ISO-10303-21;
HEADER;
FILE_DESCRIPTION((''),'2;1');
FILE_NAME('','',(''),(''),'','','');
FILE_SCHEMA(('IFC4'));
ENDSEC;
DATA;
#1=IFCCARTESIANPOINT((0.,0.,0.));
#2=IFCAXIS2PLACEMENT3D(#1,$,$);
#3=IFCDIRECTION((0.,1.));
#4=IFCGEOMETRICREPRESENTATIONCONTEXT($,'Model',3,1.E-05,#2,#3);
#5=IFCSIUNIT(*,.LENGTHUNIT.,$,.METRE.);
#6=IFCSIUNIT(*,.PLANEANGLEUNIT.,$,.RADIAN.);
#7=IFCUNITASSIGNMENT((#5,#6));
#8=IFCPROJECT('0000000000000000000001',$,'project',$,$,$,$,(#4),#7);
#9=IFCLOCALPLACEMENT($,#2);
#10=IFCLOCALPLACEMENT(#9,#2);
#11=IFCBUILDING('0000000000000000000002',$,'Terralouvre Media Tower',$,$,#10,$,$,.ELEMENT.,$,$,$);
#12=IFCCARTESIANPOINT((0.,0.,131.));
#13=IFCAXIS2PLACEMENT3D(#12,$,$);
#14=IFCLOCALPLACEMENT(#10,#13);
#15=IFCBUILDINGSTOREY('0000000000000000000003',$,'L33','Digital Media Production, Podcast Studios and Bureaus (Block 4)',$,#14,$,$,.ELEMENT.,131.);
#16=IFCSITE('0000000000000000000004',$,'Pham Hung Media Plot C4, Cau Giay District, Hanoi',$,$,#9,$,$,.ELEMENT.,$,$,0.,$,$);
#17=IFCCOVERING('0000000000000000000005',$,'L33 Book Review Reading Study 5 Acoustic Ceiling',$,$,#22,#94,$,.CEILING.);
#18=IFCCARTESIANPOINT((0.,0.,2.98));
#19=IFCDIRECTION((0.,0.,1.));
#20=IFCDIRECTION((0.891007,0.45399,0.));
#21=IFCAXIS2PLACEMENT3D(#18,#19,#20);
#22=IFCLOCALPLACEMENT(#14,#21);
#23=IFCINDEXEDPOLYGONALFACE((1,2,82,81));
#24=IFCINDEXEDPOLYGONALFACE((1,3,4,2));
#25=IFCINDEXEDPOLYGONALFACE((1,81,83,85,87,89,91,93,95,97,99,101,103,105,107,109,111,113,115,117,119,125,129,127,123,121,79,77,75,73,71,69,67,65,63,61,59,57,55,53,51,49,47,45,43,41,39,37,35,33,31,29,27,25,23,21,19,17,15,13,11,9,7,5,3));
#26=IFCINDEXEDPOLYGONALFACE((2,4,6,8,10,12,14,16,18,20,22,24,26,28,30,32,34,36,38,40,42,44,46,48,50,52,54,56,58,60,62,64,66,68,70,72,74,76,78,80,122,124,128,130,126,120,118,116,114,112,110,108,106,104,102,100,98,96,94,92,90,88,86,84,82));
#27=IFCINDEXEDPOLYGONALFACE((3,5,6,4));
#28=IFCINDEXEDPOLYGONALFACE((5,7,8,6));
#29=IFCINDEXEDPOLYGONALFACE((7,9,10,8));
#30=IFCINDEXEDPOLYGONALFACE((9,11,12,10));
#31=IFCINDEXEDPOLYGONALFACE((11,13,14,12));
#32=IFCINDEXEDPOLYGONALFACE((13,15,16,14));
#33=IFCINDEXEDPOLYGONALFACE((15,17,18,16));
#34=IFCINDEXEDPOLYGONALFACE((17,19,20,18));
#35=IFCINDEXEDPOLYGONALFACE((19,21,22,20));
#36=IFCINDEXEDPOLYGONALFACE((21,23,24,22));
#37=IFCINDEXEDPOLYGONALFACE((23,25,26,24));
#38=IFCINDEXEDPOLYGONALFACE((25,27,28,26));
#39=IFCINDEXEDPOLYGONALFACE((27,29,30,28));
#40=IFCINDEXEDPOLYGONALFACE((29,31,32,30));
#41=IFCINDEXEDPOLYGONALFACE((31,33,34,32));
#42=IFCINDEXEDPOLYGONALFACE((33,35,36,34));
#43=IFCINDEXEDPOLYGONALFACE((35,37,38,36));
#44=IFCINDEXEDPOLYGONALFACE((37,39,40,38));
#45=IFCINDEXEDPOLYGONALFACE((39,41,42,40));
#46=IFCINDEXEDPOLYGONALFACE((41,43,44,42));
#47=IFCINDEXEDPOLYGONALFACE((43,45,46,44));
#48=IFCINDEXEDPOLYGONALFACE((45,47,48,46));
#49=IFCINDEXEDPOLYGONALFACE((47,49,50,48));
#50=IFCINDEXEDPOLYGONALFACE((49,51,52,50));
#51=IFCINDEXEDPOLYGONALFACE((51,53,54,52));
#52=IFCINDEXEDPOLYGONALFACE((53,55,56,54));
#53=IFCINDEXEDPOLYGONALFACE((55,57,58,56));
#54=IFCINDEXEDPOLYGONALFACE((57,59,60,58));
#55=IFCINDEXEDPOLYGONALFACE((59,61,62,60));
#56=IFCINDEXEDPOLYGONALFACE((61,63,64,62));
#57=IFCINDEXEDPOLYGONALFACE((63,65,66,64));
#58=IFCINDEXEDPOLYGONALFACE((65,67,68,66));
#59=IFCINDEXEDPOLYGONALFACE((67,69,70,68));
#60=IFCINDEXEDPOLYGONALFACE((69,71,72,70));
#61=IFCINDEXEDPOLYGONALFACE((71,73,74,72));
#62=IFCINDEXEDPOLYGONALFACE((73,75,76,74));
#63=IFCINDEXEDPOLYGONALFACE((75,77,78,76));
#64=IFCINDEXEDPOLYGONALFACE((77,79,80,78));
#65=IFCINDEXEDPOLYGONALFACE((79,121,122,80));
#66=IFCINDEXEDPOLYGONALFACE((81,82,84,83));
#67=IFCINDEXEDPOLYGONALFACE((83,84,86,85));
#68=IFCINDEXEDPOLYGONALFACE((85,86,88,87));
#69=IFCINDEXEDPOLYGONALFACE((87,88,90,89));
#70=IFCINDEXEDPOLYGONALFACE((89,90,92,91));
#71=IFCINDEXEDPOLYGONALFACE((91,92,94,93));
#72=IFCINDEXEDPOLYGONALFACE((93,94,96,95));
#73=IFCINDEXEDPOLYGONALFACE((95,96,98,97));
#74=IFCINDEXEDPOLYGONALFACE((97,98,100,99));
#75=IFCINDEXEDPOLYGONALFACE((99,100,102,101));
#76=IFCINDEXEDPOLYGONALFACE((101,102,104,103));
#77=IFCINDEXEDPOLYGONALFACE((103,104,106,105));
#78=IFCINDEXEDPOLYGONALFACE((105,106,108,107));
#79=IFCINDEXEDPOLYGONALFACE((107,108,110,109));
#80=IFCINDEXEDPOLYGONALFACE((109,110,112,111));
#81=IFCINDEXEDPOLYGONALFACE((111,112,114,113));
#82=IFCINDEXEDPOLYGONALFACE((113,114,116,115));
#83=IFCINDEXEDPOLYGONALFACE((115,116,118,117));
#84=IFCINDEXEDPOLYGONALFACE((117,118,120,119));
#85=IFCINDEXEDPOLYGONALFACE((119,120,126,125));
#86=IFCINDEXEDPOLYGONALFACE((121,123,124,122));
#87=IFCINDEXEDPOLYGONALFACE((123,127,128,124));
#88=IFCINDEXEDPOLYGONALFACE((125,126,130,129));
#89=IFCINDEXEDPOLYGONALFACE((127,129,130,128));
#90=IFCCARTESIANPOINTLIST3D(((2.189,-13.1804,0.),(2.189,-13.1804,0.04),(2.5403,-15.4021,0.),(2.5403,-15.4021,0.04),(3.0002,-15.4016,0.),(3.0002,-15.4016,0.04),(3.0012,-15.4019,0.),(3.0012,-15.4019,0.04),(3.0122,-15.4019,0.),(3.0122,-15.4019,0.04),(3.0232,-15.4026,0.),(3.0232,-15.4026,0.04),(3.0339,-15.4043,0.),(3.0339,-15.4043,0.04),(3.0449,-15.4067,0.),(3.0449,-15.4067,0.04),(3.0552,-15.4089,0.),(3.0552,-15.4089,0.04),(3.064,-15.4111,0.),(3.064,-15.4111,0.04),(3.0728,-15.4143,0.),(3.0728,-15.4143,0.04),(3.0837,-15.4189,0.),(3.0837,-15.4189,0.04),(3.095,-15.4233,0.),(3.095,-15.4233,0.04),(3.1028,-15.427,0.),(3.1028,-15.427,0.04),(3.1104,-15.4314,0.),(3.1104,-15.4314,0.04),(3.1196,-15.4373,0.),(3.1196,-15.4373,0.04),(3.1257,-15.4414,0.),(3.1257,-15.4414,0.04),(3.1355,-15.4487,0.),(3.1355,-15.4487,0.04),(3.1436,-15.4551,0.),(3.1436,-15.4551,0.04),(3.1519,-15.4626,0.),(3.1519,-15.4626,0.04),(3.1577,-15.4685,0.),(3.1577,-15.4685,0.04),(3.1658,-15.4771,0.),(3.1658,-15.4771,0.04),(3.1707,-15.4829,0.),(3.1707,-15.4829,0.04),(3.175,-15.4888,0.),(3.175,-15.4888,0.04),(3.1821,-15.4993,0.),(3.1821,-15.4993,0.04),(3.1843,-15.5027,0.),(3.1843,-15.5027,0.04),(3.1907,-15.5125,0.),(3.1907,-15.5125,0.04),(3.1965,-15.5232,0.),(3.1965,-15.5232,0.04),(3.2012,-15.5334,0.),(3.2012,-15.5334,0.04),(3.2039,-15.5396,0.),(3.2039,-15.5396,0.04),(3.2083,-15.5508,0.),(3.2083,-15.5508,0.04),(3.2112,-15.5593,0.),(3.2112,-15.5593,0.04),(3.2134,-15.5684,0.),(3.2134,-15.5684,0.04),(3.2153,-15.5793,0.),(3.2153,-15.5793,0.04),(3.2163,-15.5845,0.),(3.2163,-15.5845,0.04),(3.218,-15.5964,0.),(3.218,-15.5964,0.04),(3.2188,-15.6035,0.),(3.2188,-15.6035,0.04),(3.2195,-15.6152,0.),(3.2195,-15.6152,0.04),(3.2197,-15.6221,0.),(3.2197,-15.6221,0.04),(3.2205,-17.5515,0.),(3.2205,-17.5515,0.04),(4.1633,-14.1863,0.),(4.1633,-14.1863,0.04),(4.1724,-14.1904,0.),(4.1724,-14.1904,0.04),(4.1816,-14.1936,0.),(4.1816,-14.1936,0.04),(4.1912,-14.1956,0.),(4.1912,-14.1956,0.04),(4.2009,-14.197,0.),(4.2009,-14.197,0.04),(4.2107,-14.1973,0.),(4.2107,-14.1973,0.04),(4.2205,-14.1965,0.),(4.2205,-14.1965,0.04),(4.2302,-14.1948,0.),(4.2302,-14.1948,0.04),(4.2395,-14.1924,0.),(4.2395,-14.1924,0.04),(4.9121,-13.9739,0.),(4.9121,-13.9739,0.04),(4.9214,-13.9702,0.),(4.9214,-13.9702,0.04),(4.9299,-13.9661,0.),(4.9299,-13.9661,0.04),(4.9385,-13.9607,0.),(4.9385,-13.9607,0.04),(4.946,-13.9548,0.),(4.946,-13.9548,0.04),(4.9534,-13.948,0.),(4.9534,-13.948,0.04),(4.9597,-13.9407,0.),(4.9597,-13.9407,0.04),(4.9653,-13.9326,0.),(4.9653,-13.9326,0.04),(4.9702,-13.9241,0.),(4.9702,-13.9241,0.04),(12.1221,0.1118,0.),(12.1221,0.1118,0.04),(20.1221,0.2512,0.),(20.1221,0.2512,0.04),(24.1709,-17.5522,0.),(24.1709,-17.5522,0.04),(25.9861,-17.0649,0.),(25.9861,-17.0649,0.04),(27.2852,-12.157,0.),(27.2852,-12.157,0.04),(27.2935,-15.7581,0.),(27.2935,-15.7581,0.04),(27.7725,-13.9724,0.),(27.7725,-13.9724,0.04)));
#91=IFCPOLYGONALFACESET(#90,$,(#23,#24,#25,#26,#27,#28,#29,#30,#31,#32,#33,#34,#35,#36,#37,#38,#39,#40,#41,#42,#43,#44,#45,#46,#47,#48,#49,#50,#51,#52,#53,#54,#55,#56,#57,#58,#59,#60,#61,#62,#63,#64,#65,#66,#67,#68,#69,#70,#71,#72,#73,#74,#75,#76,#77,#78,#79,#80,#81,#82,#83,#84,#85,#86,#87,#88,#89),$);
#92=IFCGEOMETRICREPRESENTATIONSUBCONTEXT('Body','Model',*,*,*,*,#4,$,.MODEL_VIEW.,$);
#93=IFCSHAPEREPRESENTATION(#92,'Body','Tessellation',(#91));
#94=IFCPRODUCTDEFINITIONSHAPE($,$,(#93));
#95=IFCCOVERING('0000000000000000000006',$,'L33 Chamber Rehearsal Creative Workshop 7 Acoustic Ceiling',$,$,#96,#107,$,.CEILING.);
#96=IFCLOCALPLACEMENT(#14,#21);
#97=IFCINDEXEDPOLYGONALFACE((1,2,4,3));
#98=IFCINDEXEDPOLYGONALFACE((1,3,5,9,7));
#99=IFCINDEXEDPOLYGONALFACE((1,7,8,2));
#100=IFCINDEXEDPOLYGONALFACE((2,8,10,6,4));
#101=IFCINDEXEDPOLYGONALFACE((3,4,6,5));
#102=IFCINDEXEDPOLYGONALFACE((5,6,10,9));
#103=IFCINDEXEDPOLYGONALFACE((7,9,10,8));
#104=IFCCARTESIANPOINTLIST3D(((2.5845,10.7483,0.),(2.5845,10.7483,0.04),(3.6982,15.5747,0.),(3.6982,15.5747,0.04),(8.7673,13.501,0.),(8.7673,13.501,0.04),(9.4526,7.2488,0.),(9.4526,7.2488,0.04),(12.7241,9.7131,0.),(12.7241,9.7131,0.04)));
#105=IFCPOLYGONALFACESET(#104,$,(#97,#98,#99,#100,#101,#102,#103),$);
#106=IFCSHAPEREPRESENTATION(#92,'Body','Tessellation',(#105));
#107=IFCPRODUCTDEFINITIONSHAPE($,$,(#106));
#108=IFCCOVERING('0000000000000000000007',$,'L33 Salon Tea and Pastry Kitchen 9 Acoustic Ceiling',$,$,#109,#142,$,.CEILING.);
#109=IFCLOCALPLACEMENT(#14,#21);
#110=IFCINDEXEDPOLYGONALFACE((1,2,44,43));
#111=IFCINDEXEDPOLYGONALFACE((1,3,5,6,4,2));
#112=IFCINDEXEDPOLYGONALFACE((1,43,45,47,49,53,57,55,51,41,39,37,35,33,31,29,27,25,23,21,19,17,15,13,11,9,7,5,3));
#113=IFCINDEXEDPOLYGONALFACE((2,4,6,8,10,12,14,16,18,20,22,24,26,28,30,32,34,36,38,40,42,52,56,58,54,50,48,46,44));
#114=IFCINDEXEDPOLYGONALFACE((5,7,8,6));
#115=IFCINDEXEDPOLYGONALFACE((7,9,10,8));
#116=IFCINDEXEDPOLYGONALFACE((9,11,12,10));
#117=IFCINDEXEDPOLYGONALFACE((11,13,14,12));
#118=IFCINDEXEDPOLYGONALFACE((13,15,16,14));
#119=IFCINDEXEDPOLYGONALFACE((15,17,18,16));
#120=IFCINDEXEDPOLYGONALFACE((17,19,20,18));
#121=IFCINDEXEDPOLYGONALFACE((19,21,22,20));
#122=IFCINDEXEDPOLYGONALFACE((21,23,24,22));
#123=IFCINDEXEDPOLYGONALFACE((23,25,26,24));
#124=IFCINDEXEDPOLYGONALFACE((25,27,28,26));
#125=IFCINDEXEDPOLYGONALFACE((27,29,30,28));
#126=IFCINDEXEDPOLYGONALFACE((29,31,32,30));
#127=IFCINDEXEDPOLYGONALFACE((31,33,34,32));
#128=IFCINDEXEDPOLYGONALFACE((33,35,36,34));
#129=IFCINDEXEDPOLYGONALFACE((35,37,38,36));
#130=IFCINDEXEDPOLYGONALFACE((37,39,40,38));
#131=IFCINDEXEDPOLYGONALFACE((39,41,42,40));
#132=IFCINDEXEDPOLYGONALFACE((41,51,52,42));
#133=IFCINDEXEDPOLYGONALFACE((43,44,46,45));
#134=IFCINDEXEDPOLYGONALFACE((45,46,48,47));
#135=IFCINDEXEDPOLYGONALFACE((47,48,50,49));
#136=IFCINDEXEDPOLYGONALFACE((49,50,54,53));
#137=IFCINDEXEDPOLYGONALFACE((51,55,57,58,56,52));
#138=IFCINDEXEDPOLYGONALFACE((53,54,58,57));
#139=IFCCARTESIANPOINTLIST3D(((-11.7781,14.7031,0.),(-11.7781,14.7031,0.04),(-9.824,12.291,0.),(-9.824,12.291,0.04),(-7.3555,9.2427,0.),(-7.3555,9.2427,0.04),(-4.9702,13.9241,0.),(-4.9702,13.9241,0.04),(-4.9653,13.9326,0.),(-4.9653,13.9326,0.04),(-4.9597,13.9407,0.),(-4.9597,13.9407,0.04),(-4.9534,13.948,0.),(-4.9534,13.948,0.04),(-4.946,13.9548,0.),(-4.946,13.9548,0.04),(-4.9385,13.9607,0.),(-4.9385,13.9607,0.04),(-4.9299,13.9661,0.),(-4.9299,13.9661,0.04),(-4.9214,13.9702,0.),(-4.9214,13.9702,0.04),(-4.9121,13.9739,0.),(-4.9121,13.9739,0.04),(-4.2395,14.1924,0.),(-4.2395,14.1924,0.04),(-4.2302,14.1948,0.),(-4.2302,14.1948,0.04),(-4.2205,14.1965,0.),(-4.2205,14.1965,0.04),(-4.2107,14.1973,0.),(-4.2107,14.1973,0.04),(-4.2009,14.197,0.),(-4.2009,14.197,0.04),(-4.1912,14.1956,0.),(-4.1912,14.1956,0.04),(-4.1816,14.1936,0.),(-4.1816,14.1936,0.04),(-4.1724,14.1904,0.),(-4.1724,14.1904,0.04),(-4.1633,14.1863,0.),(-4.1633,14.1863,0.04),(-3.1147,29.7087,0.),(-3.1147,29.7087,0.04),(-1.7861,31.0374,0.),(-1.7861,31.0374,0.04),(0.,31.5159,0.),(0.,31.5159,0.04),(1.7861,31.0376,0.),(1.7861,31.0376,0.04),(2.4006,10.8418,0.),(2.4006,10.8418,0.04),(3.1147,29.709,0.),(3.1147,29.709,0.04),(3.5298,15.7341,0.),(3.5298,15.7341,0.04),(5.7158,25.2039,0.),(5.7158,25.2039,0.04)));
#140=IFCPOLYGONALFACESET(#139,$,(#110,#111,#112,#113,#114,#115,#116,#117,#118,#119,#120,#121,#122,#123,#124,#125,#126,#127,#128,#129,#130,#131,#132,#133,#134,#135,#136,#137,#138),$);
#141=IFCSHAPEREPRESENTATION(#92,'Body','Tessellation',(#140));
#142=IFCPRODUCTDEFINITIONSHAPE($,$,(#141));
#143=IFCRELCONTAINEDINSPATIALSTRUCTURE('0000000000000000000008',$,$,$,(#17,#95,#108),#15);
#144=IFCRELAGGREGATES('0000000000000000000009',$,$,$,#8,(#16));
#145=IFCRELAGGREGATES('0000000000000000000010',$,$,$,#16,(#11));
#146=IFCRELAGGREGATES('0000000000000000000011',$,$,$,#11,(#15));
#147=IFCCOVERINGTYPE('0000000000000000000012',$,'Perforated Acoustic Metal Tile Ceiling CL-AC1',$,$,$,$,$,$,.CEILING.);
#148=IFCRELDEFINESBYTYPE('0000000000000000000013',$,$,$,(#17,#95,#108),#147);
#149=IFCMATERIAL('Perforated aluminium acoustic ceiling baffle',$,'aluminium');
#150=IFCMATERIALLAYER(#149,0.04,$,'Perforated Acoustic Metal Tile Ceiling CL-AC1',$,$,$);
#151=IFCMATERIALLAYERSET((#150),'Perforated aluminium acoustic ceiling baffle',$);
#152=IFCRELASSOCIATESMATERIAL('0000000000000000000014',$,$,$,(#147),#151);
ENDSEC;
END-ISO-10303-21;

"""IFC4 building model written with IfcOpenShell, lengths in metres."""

from ifc_helpers import new_model, si_unit, direction, frame, origin, place, context, subcontext, project, spatial, polyline, outline, extrude, material, layer, layer_set, type_object, element, save


model = new_model("IFC4")

# Units and contexts
model_context = context("Model", 3, precision=1e-05, world=origin(), true_north=direction((0.0, 1.0)))
body_context = subcontext(model_context, "Body", "Model", "MODEL_VIEW")
ifc_project = project(units=[si_unit("LENGTHUNIT", "METRE"), si_unit("PLANEANGLEUNIT", "RADIAN")], contexts=[model_context])

# Site, building, storey
site_placement = place(None, origin())
site = spatial("IfcSite", under=ifc_project, at=site_placement, Name="Pham Hung Media Plot C4, Cau Giay District, Hanoi", CompositionType="ELEMENT", RefElevation=0.0)
building_placement = place(site_placement, origin())
building = spatial("IfcBuilding", under=site, at=building_placement, Name="Terralouvre Media Tower", CompositionType="ELEMENT")
storey_placement = place(building_placement, frame((0.0, 0.0, 131.0)))
storey = spatial("IfcBuildingStorey", under=building, at=storey_placement, Name="L33", Description="Digital Media Production, Podcast Studios and Bureaus (Block 4)", CompositionType="ELEMENT", Elevation=131.0)

# Coverings
ifc_material_1 = material(Name="Perforated aluminium acoustic ceiling baffle", Category="aluminium")
ifc_layer_1 = layer(ifc_material_1, 0.04, Name="Perforated Acoustic Metal Tile Ceiling CL-AC1")
ifc_layer_set_1 = layer_set([ifc_layer_1], Name="Perforated aluminium acoustic ceiling baffle")
covering_type_1 = type_object("IfcCoveringType", Name="Perforated Acoustic Metal Tile Ceiling CL-AC1", PredefinedType="CEILING", material=ifc_layer_set_1)
covering_1_placement = place(storey_placement, frame((0.0, 0.0, 2.98), z_axis=(0.0, 0.0, 1.0), x_axis=(0.891007, 0.45399, 0.0)))
element("IfcCovering", 1, at=covering_1_placement, inside=storey, type_object=covering_type_1, Name="L33 Book Review Reading Study 5 Acoustic Ceiling", PredefinedType="CEILING", context=body_context, shape_type="SweptSolid", body=[
    extrude(outline(polyline([(4.9702, -13.9241), (4.9653, -13.9326), (4.9597, -13.9407), (4.9534, -13.948), (4.946, -13.9548), (4.9385, -13.9607), (4.9299, -13.9661), (4.9214, -13.9702), (4.9121, -13.9739), (4.2395, -14.1924), (4.2302, -14.1948), (4.2205, -14.1965), (4.2107, -14.1973), (4.2009, -14.197), (4.1912, -14.1956), (4.1816, -14.1936), (4.1724, -14.1904), (4.1633, -14.1863), (2.189, -13.1804), (2.5403, -15.4021), (3.0002, -15.4016), (3.0012, -15.4019), (3.0122, -15.4019), (3.0232, -15.4026), (3.0339, -15.4043), (3.0449, -15.4067), (3.0552, -15.4089), (3.064, -15.4111), (3.0728, -15.4143), (3.0837, -15.4189), (3.095, -15.4233), (3.1028, -15.427), (3.1104, -15.4314), (3.1196, -15.4373), (3.1257, -15.4414), (3.1355, -15.4487), (3.1436, -15.4551), (3.1519, -15.4626), (3.1577, -15.4685), (3.1658, -15.4771), (3.1707, -15.4829), (3.175, -15.4888), (3.1821, -15.4993), (3.1843, -15.5027), (3.1907, -15.5125), (3.1965, -15.5232), (3.2012, -15.5334), (3.2039, -15.5396), (3.2083, -15.5508), (3.2112, -15.5593), (3.2134, -15.5684), (3.2153, -15.5793), (3.2163, -15.5845), (3.218, -15.5964), (3.2188, -15.6035), (3.2195, -15.6152), (3.2197, -15.6221), (3.2205, -17.5515), (24.1709, -17.5522), (25.9861, -17.0649), (27.2935, -15.7581), (27.7725, -13.9724), (27.2852, -12.157), (20.1221, 0.2512), (12.1221, 0.1118), (4.9702, -13.9241)])), origin(), (0.0, 0.0, 1.0), 0.04),
])
covering_2_placement = place(storey_placement, frame((0.0, 0.0, 2.98), z_axis=(0.0, 0.0, 1.0), x_axis=(0.891007, 0.45399, 0.0)))
element("IfcCovering", 2, at=covering_2_placement, inside=storey, type_object=covering_type_1, Name="L33 Chamber Rehearsal Creative Workshop 7 Acoustic Ceiling", PredefinedType="CEILING", context=body_context, shape_type="SweptSolid", body=[
    extrude(outline(polyline([(8.7673, 13.501), (3.6982, 15.5747), (2.5845, 10.7483), (9.4526, 7.2488), (12.7241, 9.7131), (8.7673, 13.501)])), origin(), (0.0, 0.0, 1.0), 0.04),
])
covering_3_placement = place(storey_placement, frame((0.0, 0.0, 2.98), z_axis=(0.0, 0.0, 1.0), x_axis=(0.891007, 0.45399, 0.0)))
element("IfcCovering", 3, at=covering_3_placement, inside=storey, type_object=covering_type_1, Name="L33 Salon Tea and Pastry Kitchen 9 Acoustic Ceiling", PredefinedType="CEILING", context=body_context, shape_type="SweptSolid", body=[
    extrude(outline(polyline([(-7.3555, 9.2427), (-4.9702, 13.9241), (-4.9653, 13.9326), (-4.9597, 13.9407), (-4.9534, 13.948), (-4.946, 13.9548), (-4.9385, 13.9607), (-4.9299, 13.9661), (-4.9214, 13.9702), (-4.9121, 13.9739), (-4.2395, 14.1924), (-4.2302, 14.1948), (-4.2205, 14.1965), (-4.2107, 14.1973), (-4.2009, 14.197), (-4.1912, 14.1956), (-4.1816, 14.1936), (-4.1724, 14.1904), (-4.1633, 14.1863), (2.4006, 10.8418), (3.5298, 15.7341), (5.7158, 25.2039), (3.1147, 29.709), (1.7861, 31.0376), (0.0, 31.5159), (-1.7861, 31.0374), (-3.1147, 29.7087), (-11.7781, 14.7031), (-9.824, 12.291), (-7.3555, 9.2427)])), origin(), (0.0, 0.0, 1.0), 0.04),
])

save(model, "model.ifc")
